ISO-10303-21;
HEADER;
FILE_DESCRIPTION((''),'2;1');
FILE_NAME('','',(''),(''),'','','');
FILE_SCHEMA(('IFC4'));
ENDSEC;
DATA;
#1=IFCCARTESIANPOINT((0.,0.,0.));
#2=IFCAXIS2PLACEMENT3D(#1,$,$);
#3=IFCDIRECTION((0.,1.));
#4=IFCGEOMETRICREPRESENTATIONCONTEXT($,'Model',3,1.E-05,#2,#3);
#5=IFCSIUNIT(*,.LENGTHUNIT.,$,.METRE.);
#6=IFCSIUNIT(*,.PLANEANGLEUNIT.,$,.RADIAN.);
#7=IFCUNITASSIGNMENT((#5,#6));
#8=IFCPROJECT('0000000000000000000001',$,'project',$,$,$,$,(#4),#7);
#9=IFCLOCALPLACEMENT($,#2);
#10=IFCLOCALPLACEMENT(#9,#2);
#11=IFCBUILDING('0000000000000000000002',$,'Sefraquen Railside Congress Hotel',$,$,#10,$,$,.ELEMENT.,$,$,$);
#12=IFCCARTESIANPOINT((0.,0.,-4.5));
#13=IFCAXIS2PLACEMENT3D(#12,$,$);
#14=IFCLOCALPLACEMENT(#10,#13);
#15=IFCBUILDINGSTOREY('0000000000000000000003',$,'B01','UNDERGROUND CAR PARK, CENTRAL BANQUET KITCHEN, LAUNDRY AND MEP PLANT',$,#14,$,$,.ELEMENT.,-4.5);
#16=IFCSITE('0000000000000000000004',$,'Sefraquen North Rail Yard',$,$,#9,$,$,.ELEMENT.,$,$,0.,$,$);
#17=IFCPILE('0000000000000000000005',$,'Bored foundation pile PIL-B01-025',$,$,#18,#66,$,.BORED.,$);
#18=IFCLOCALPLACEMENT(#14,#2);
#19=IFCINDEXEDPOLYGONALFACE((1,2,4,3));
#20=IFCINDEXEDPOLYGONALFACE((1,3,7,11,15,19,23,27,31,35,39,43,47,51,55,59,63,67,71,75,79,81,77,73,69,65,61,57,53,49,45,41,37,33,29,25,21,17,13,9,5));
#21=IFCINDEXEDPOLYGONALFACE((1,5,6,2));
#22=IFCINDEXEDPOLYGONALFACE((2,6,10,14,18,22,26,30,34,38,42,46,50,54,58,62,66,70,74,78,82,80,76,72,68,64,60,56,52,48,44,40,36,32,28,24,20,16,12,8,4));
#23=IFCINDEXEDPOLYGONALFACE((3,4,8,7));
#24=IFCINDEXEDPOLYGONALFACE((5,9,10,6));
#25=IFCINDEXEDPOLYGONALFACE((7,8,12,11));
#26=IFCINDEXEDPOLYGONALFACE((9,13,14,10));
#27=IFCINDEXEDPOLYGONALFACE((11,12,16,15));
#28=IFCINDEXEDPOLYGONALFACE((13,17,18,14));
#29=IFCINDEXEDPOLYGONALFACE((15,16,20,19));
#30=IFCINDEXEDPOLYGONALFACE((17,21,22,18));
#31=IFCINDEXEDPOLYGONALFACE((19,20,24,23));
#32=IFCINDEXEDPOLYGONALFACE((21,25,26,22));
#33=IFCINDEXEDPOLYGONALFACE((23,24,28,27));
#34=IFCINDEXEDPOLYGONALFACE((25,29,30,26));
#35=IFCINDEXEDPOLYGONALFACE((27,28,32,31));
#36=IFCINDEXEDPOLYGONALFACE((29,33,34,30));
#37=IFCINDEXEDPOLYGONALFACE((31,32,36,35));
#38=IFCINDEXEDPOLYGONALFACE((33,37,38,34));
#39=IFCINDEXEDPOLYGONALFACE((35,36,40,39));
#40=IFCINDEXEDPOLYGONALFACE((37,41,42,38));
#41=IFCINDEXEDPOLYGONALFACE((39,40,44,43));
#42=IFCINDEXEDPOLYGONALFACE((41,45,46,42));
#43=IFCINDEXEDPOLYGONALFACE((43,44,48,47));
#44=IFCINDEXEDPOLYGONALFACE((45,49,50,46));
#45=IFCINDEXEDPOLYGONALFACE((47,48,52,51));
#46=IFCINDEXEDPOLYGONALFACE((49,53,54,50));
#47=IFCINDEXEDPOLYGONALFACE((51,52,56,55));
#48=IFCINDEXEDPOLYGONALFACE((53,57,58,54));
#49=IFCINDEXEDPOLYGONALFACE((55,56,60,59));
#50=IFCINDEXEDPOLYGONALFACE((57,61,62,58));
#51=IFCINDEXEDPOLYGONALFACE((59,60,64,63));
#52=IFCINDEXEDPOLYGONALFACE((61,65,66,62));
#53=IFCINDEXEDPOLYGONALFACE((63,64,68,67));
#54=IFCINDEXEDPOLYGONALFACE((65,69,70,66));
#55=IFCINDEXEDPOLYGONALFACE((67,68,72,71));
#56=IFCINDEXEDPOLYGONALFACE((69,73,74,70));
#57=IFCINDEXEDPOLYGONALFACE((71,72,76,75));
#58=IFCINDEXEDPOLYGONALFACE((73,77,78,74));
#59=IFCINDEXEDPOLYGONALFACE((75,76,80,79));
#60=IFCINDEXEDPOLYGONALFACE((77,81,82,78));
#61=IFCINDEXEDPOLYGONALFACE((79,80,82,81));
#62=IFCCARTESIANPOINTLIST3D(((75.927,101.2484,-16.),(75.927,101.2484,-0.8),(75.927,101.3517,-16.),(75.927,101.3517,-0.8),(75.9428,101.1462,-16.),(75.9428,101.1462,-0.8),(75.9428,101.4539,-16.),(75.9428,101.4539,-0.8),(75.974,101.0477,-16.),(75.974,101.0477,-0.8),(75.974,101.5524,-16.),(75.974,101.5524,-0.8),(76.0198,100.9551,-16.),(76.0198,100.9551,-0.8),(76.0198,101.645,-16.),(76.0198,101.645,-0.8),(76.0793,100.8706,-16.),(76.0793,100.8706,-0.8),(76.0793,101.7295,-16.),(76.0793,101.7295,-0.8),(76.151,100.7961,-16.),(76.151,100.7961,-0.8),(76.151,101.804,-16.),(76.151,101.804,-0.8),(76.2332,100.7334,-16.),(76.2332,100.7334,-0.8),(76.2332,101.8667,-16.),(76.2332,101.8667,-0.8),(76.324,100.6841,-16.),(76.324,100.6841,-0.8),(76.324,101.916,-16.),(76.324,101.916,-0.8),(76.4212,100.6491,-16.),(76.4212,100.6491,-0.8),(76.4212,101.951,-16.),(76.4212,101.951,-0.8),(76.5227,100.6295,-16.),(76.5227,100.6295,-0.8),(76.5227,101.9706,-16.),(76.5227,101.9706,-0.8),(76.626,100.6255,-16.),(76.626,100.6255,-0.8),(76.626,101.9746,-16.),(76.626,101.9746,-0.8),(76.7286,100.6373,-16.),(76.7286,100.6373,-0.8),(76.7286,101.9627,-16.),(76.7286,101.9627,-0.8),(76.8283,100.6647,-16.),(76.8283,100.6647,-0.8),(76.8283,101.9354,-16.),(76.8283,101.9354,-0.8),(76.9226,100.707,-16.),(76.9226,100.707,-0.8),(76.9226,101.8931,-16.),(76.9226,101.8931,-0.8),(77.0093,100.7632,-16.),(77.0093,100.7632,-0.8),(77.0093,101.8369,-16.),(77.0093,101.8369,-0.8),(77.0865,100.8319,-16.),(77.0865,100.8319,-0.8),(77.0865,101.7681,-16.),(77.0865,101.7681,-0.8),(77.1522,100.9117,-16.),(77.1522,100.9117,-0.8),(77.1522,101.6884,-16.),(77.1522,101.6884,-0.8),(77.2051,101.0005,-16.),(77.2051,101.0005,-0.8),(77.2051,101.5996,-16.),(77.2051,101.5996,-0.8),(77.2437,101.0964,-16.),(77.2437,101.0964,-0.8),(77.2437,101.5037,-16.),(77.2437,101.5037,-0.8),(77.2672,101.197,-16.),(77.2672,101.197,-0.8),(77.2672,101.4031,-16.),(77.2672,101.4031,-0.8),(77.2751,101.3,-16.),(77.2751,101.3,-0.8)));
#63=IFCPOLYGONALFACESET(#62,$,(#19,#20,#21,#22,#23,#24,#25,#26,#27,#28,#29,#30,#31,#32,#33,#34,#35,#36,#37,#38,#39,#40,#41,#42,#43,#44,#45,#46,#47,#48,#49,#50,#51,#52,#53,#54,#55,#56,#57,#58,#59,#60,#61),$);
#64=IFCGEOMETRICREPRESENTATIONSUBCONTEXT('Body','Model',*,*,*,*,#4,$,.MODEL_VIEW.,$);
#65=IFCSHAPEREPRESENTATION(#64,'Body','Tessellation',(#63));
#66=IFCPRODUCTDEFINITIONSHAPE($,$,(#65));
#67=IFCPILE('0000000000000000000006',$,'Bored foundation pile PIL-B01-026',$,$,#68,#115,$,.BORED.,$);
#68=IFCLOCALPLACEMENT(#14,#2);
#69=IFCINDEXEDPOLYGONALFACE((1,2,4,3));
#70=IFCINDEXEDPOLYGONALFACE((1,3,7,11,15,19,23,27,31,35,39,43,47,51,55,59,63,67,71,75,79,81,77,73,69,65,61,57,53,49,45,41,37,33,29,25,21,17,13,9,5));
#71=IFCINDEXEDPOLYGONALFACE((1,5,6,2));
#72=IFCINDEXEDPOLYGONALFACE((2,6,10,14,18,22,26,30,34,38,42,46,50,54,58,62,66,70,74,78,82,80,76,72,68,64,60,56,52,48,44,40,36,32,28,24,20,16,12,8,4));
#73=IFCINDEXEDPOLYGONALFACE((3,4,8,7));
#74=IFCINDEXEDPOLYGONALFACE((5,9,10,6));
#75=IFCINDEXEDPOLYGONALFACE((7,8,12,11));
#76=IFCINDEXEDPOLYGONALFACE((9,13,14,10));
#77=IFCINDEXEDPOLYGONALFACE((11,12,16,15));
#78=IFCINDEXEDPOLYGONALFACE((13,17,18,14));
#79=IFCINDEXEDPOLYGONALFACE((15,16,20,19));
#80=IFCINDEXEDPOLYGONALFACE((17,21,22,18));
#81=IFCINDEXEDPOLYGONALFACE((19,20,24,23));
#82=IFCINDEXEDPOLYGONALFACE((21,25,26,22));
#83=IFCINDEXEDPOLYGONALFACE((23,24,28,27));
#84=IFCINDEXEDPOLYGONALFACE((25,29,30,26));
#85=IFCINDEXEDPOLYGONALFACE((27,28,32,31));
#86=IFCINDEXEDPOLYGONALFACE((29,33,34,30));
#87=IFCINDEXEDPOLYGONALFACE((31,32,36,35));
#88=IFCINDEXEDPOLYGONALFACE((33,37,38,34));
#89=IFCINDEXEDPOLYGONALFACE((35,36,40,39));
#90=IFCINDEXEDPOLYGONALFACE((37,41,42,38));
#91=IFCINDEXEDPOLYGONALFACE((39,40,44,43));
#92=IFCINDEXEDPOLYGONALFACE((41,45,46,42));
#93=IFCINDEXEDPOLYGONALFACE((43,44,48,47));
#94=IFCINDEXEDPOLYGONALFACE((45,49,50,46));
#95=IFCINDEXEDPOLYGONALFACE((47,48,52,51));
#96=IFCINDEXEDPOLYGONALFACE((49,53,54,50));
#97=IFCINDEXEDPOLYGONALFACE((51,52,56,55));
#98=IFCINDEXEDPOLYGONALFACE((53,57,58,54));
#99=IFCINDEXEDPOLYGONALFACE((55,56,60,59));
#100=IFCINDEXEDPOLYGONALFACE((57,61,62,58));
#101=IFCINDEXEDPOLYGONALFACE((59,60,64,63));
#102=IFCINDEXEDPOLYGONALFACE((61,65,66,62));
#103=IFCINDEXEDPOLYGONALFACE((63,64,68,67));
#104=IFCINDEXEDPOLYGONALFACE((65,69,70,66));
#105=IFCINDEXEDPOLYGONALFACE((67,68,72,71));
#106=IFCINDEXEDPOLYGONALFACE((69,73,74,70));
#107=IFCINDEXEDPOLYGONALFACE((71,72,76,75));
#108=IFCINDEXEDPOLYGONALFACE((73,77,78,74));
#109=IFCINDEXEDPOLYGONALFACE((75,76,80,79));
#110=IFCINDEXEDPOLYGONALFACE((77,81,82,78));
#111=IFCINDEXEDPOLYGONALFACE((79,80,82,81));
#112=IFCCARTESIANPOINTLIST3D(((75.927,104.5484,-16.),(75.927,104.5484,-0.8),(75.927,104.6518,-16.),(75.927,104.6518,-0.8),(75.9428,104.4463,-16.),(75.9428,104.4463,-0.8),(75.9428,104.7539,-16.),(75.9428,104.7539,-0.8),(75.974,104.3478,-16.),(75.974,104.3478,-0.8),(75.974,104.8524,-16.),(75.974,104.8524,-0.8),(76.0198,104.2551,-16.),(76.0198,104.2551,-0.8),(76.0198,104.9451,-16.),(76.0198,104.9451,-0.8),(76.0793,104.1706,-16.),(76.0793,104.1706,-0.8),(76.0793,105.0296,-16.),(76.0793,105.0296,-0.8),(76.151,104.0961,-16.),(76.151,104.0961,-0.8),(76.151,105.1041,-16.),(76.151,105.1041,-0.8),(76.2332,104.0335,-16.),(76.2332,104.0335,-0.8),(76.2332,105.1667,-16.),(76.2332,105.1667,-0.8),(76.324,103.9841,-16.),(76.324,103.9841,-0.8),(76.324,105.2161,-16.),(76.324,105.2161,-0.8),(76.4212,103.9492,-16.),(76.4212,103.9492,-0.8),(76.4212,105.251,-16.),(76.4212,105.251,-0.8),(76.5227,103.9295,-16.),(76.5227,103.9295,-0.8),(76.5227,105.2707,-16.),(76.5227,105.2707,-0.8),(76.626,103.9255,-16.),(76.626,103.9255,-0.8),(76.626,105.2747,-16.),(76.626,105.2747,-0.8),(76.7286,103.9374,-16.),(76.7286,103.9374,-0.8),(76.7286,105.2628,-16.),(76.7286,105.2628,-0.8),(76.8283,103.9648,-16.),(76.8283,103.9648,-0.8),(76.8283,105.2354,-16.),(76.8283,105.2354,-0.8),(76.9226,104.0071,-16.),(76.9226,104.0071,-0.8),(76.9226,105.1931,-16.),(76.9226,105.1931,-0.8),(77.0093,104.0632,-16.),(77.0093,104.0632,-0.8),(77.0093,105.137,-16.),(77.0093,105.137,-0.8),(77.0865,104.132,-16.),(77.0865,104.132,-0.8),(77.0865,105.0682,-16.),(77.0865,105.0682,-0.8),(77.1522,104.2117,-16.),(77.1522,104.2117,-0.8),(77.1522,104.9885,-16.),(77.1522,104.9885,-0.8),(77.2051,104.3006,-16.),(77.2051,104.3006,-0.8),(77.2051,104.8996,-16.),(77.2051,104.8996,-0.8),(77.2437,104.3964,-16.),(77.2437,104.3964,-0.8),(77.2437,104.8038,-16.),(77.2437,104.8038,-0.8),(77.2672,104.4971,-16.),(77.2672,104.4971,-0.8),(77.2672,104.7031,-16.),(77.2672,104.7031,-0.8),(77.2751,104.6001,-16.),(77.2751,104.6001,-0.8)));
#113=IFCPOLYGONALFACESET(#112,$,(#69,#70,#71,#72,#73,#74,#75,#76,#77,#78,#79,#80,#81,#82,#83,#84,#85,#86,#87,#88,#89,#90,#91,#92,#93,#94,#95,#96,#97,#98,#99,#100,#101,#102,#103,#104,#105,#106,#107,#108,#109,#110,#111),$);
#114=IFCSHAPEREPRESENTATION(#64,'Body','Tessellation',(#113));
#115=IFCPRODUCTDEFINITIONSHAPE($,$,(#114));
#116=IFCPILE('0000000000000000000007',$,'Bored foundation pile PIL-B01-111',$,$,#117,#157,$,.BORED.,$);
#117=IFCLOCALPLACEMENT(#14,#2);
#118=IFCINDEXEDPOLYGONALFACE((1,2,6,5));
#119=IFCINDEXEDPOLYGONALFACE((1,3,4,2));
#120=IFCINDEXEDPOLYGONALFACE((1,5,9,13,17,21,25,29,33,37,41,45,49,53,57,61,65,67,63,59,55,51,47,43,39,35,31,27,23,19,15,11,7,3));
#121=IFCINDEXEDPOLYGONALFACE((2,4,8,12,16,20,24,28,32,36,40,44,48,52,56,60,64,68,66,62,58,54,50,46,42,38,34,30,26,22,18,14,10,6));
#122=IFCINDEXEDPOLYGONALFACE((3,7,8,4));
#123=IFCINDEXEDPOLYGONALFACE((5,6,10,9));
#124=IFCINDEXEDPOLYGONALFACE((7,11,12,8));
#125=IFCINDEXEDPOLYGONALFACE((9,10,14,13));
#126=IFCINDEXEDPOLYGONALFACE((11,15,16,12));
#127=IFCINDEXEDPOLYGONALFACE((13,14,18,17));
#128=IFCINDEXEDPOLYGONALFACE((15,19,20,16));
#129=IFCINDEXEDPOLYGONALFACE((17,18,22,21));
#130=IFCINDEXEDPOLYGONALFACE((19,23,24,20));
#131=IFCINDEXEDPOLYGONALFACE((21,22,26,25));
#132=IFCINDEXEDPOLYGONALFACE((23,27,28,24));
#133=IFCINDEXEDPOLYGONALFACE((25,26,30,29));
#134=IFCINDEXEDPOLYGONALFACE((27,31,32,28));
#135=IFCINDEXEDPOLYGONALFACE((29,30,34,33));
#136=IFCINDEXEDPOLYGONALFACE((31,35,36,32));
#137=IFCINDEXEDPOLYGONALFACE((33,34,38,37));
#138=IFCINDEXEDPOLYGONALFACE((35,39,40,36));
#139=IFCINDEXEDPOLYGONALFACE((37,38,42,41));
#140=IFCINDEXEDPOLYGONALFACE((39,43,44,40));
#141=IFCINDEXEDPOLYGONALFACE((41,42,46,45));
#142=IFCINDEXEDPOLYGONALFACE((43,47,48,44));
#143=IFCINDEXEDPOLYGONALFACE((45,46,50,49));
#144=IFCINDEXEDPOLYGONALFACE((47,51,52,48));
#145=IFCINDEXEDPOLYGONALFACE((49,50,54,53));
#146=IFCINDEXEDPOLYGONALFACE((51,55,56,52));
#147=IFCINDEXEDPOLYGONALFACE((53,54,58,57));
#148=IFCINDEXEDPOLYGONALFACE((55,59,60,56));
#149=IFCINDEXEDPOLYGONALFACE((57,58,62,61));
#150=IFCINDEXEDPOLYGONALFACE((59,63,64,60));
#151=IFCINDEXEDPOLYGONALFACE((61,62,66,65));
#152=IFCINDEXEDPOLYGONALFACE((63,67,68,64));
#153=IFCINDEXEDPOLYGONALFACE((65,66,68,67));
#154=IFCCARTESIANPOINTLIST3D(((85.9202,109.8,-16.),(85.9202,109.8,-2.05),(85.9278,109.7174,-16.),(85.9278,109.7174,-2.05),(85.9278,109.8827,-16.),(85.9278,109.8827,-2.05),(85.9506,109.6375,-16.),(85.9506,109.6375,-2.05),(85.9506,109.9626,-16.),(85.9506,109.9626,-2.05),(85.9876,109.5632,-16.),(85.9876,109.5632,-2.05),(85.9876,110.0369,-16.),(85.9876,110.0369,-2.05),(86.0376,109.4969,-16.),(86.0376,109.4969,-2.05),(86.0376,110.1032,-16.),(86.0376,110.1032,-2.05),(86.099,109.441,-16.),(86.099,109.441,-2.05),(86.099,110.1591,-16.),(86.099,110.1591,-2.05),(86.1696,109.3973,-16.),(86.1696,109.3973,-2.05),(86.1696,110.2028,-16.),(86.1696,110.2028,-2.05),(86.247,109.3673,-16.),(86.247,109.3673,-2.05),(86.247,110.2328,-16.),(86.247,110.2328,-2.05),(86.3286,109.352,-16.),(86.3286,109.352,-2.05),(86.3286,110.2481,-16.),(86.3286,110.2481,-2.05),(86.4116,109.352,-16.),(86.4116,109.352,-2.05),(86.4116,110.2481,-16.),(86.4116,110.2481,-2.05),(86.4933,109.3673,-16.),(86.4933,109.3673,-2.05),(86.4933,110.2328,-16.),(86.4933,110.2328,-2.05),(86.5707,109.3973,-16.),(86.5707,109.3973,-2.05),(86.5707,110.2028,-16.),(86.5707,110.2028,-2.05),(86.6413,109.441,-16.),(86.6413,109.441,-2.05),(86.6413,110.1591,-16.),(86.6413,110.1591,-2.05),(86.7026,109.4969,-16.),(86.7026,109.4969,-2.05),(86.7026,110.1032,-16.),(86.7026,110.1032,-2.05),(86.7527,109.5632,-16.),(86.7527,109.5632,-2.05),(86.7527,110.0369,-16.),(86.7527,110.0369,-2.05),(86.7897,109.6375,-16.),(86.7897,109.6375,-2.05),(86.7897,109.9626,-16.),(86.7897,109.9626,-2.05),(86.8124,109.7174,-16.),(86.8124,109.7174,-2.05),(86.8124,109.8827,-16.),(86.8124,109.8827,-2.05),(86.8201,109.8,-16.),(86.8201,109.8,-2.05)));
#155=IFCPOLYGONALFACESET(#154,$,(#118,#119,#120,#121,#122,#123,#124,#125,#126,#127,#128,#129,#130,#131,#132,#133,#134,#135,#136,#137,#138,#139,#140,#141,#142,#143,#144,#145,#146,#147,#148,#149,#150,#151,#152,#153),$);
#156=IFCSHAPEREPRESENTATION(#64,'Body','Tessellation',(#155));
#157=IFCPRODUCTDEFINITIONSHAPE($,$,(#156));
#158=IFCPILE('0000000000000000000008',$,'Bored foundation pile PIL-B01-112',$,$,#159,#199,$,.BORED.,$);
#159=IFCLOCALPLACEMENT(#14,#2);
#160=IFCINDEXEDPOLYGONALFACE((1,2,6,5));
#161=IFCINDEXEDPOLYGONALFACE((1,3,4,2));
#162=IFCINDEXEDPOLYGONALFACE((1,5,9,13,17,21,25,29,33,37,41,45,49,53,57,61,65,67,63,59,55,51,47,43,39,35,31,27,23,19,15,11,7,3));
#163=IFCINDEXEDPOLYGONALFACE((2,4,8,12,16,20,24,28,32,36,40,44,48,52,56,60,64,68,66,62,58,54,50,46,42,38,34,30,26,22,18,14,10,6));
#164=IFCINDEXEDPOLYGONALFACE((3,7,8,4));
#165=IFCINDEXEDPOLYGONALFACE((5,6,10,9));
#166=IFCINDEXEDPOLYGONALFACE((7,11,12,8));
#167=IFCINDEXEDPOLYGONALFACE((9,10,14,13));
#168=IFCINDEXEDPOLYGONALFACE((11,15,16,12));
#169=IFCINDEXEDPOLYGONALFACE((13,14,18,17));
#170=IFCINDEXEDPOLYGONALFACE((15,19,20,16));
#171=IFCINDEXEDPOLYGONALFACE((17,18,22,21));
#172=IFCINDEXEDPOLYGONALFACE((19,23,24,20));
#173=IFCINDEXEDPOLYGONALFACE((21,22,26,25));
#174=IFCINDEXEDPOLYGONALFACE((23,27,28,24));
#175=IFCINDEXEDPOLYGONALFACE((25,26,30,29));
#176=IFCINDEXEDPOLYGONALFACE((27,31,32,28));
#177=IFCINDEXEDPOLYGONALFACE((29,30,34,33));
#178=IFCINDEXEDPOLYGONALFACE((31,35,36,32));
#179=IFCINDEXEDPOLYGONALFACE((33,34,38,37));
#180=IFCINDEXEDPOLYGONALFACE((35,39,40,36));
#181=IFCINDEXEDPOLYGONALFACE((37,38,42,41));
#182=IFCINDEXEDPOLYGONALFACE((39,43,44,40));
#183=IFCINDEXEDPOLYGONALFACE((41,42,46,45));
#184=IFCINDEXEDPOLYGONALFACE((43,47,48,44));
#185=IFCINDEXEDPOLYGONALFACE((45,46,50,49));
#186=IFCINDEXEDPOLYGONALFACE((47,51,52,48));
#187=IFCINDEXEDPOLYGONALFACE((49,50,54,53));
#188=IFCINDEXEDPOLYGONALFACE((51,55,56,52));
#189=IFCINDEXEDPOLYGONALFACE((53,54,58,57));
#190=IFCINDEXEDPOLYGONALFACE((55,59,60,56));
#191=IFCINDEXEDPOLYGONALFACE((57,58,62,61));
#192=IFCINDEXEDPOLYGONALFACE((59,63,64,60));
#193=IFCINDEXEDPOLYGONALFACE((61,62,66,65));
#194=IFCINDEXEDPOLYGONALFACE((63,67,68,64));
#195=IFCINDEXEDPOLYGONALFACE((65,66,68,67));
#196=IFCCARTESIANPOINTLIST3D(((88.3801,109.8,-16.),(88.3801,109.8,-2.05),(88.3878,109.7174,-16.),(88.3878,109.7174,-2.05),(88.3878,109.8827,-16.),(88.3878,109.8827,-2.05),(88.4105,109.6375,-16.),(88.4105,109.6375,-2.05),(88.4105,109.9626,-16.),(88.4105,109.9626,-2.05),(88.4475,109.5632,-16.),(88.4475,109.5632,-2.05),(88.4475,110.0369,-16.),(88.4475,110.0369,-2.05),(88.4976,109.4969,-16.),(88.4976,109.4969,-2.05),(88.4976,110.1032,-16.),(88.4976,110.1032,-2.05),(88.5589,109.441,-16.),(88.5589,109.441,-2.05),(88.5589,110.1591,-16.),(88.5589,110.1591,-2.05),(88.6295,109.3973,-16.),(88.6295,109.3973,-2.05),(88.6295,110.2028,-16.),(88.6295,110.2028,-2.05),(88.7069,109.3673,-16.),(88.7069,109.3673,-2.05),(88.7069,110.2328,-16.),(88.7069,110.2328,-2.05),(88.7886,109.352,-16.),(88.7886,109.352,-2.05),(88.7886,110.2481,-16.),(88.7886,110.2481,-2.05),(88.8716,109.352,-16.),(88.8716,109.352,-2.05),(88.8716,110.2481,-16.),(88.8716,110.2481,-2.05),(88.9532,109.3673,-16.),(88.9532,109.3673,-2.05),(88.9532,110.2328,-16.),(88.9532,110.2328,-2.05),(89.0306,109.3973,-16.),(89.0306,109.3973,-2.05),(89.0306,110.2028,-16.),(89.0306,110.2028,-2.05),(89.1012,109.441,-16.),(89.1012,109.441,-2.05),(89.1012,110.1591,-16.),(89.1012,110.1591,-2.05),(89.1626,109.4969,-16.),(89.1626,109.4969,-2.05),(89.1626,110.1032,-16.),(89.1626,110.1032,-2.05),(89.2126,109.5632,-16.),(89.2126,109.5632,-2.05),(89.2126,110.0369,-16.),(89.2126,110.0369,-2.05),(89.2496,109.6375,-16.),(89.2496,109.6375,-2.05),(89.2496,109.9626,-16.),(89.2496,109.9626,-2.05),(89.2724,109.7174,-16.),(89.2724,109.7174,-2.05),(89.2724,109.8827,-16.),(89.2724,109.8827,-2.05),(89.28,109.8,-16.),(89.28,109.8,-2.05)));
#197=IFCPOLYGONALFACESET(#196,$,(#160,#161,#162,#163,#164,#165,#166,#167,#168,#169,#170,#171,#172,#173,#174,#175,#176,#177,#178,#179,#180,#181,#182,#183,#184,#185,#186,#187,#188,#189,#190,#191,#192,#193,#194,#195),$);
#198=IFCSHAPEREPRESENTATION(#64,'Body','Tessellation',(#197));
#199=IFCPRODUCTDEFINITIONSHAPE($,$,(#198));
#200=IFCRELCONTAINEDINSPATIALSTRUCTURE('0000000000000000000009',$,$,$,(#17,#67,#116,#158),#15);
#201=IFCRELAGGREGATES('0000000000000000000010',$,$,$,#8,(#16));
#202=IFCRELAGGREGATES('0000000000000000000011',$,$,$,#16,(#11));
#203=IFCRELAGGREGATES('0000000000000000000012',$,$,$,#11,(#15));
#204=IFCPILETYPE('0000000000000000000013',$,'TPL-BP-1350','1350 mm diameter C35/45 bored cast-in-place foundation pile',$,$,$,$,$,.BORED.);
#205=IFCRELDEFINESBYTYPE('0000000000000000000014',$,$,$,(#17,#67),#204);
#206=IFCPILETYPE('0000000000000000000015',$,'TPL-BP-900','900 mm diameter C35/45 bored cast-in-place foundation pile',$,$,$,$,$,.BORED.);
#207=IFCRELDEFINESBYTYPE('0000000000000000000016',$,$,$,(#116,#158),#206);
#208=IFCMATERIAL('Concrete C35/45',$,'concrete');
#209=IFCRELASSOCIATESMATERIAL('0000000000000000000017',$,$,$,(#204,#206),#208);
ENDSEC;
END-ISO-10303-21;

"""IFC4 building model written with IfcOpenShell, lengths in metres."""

from ifc_helpers import new_model, si_unit, direction, frame, origin, origin_2d, place, context, subcontext, project, spatial, circle, extrude, material, material_profile, profile_set, type_object, element, save


model = new_model("IFC4")

# Units and contexts
model_context = context("Model", 3, precision=1e-05, world=origin(), true_north=direction((0.0, 1.0)))
body_context = subcontext(model_context, "Body", "Model", "MODEL_VIEW")
ifc_project = project(units=[si_unit("LENGTHUNIT", "METRE"), si_unit("PLANEANGLEUNIT", "RADIAN")], contexts=[model_context])

# Site, building, storey
site_placement = place(None, origin())
site = spatial("IfcSite", under=ifc_project, at=site_placement, Name="Sefraquen North Rail Yard", CompositionType="ELEMENT", RefElevation=0.0)
building_placement = place(site_placement, origin())
building = spatial("IfcBuilding", under=site, at=building_placement, Name="Sefraquen Railside Congress Hotel", CompositionType="ELEMENT")
storey_placement = place(building_placement, frame((0.0, 0.0, -4.5)))
storey = spatial("IfcBuildingStorey", under=building, at=storey_placement, Name="B01", Description="UNDERGROUND CAR PARK, CENTRAL BANQUET KITCHEN, LAUNDRY AND MEP PLANT", CompositionType="ELEMENT", Elevation=-4.5)

# Piles
ifc_material_1 = material(Name="Concrete C35/45", Category="concrete")
ifc_material_profile_1 = material_profile(ifc_material_1, circle(Radius=0.675, at=origin_2d()), Name="BORED PILE 1350")
ifc_profile_set_1 = profile_set([ifc_material_profile_1], Name="Concrete C35/45")
pile_type_1 = type_object("IfcPileType", Name="TPL-BP-1350", Description="1350 mm diameter C35/45 bored cast-in-place foundation pile", PredefinedType="BORED", material=ifc_profile_set_1)
for number, where, z_axis, x_axis, name in (
    (1, (76.6001, 101.3, -0.8), (0.0, 0.0, -1.0), (1.0, 0.0, 0.0), "Bored foundation pile PIL-B01-025"),
    (2, (76.6001, 104.6001, -0.8), (0.0, 0.0, -1.0), (1.0, 0.0, 0.0), "Bored foundation pile PIL-B01-026"),
):
    element("IfcPile", number, at=place(storey_placement, frame(where, z_axis=z_axis, x_axis=x_axis)), inside=storey, type_object=pile_type_1, Name=name, PredefinedType="BORED", context=body_context, shape_type="SweptSolid", body=[
        extrude(circle(Radius=0.675, at=origin_2d()), origin(), (0.0, 0.0, 1.0), 15.2),
    ])
ifc_material_profile_2 = material_profile(ifc_material_1, circle(Radius=0.45, at=origin_2d()), Name="BORED PILE 900")
ifc_profile_set_2 = profile_set([ifc_material_profile_2], Name="Concrete C35/45")
pile_type_2 = type_object("IfcPileType", Name="TPL-BP-900", Description="900 mm diameter C35/45 bored cast-in-place foundation pile", PredefinedType="BORED", material=ifc_profile_set_2)
for number, where, z_axis, x_axis, name in (
    (3, (86.3701, 109.8, -2.05), (0.0, 0.0, -1.0), (1.0, 0.0, 0.0), "Bored foundation pile PIL-B01-111"),
    (4, (88.8301, 109.8, -2.05), (0.0, 0.0, -1.0), (1.0, 0.0, 0.0), "Bored foundation pile PIL-B01-112"),
):
    element("IfcPile", number, at=place(storey_placement, frame(where, z_axis=z_axis, x_axis=x_axis)), inside=storey, type_object=pile_type_2, Name=name, PredefinedType="BORED", context=body_context, shape_type="SweptSolid", body=[
        extrude(circle(Radius=0.45, at=origin_2d()), origin(), (0.0, 0.0, 1.0), 13.95),
    ])

save(model, "model.ifc")
